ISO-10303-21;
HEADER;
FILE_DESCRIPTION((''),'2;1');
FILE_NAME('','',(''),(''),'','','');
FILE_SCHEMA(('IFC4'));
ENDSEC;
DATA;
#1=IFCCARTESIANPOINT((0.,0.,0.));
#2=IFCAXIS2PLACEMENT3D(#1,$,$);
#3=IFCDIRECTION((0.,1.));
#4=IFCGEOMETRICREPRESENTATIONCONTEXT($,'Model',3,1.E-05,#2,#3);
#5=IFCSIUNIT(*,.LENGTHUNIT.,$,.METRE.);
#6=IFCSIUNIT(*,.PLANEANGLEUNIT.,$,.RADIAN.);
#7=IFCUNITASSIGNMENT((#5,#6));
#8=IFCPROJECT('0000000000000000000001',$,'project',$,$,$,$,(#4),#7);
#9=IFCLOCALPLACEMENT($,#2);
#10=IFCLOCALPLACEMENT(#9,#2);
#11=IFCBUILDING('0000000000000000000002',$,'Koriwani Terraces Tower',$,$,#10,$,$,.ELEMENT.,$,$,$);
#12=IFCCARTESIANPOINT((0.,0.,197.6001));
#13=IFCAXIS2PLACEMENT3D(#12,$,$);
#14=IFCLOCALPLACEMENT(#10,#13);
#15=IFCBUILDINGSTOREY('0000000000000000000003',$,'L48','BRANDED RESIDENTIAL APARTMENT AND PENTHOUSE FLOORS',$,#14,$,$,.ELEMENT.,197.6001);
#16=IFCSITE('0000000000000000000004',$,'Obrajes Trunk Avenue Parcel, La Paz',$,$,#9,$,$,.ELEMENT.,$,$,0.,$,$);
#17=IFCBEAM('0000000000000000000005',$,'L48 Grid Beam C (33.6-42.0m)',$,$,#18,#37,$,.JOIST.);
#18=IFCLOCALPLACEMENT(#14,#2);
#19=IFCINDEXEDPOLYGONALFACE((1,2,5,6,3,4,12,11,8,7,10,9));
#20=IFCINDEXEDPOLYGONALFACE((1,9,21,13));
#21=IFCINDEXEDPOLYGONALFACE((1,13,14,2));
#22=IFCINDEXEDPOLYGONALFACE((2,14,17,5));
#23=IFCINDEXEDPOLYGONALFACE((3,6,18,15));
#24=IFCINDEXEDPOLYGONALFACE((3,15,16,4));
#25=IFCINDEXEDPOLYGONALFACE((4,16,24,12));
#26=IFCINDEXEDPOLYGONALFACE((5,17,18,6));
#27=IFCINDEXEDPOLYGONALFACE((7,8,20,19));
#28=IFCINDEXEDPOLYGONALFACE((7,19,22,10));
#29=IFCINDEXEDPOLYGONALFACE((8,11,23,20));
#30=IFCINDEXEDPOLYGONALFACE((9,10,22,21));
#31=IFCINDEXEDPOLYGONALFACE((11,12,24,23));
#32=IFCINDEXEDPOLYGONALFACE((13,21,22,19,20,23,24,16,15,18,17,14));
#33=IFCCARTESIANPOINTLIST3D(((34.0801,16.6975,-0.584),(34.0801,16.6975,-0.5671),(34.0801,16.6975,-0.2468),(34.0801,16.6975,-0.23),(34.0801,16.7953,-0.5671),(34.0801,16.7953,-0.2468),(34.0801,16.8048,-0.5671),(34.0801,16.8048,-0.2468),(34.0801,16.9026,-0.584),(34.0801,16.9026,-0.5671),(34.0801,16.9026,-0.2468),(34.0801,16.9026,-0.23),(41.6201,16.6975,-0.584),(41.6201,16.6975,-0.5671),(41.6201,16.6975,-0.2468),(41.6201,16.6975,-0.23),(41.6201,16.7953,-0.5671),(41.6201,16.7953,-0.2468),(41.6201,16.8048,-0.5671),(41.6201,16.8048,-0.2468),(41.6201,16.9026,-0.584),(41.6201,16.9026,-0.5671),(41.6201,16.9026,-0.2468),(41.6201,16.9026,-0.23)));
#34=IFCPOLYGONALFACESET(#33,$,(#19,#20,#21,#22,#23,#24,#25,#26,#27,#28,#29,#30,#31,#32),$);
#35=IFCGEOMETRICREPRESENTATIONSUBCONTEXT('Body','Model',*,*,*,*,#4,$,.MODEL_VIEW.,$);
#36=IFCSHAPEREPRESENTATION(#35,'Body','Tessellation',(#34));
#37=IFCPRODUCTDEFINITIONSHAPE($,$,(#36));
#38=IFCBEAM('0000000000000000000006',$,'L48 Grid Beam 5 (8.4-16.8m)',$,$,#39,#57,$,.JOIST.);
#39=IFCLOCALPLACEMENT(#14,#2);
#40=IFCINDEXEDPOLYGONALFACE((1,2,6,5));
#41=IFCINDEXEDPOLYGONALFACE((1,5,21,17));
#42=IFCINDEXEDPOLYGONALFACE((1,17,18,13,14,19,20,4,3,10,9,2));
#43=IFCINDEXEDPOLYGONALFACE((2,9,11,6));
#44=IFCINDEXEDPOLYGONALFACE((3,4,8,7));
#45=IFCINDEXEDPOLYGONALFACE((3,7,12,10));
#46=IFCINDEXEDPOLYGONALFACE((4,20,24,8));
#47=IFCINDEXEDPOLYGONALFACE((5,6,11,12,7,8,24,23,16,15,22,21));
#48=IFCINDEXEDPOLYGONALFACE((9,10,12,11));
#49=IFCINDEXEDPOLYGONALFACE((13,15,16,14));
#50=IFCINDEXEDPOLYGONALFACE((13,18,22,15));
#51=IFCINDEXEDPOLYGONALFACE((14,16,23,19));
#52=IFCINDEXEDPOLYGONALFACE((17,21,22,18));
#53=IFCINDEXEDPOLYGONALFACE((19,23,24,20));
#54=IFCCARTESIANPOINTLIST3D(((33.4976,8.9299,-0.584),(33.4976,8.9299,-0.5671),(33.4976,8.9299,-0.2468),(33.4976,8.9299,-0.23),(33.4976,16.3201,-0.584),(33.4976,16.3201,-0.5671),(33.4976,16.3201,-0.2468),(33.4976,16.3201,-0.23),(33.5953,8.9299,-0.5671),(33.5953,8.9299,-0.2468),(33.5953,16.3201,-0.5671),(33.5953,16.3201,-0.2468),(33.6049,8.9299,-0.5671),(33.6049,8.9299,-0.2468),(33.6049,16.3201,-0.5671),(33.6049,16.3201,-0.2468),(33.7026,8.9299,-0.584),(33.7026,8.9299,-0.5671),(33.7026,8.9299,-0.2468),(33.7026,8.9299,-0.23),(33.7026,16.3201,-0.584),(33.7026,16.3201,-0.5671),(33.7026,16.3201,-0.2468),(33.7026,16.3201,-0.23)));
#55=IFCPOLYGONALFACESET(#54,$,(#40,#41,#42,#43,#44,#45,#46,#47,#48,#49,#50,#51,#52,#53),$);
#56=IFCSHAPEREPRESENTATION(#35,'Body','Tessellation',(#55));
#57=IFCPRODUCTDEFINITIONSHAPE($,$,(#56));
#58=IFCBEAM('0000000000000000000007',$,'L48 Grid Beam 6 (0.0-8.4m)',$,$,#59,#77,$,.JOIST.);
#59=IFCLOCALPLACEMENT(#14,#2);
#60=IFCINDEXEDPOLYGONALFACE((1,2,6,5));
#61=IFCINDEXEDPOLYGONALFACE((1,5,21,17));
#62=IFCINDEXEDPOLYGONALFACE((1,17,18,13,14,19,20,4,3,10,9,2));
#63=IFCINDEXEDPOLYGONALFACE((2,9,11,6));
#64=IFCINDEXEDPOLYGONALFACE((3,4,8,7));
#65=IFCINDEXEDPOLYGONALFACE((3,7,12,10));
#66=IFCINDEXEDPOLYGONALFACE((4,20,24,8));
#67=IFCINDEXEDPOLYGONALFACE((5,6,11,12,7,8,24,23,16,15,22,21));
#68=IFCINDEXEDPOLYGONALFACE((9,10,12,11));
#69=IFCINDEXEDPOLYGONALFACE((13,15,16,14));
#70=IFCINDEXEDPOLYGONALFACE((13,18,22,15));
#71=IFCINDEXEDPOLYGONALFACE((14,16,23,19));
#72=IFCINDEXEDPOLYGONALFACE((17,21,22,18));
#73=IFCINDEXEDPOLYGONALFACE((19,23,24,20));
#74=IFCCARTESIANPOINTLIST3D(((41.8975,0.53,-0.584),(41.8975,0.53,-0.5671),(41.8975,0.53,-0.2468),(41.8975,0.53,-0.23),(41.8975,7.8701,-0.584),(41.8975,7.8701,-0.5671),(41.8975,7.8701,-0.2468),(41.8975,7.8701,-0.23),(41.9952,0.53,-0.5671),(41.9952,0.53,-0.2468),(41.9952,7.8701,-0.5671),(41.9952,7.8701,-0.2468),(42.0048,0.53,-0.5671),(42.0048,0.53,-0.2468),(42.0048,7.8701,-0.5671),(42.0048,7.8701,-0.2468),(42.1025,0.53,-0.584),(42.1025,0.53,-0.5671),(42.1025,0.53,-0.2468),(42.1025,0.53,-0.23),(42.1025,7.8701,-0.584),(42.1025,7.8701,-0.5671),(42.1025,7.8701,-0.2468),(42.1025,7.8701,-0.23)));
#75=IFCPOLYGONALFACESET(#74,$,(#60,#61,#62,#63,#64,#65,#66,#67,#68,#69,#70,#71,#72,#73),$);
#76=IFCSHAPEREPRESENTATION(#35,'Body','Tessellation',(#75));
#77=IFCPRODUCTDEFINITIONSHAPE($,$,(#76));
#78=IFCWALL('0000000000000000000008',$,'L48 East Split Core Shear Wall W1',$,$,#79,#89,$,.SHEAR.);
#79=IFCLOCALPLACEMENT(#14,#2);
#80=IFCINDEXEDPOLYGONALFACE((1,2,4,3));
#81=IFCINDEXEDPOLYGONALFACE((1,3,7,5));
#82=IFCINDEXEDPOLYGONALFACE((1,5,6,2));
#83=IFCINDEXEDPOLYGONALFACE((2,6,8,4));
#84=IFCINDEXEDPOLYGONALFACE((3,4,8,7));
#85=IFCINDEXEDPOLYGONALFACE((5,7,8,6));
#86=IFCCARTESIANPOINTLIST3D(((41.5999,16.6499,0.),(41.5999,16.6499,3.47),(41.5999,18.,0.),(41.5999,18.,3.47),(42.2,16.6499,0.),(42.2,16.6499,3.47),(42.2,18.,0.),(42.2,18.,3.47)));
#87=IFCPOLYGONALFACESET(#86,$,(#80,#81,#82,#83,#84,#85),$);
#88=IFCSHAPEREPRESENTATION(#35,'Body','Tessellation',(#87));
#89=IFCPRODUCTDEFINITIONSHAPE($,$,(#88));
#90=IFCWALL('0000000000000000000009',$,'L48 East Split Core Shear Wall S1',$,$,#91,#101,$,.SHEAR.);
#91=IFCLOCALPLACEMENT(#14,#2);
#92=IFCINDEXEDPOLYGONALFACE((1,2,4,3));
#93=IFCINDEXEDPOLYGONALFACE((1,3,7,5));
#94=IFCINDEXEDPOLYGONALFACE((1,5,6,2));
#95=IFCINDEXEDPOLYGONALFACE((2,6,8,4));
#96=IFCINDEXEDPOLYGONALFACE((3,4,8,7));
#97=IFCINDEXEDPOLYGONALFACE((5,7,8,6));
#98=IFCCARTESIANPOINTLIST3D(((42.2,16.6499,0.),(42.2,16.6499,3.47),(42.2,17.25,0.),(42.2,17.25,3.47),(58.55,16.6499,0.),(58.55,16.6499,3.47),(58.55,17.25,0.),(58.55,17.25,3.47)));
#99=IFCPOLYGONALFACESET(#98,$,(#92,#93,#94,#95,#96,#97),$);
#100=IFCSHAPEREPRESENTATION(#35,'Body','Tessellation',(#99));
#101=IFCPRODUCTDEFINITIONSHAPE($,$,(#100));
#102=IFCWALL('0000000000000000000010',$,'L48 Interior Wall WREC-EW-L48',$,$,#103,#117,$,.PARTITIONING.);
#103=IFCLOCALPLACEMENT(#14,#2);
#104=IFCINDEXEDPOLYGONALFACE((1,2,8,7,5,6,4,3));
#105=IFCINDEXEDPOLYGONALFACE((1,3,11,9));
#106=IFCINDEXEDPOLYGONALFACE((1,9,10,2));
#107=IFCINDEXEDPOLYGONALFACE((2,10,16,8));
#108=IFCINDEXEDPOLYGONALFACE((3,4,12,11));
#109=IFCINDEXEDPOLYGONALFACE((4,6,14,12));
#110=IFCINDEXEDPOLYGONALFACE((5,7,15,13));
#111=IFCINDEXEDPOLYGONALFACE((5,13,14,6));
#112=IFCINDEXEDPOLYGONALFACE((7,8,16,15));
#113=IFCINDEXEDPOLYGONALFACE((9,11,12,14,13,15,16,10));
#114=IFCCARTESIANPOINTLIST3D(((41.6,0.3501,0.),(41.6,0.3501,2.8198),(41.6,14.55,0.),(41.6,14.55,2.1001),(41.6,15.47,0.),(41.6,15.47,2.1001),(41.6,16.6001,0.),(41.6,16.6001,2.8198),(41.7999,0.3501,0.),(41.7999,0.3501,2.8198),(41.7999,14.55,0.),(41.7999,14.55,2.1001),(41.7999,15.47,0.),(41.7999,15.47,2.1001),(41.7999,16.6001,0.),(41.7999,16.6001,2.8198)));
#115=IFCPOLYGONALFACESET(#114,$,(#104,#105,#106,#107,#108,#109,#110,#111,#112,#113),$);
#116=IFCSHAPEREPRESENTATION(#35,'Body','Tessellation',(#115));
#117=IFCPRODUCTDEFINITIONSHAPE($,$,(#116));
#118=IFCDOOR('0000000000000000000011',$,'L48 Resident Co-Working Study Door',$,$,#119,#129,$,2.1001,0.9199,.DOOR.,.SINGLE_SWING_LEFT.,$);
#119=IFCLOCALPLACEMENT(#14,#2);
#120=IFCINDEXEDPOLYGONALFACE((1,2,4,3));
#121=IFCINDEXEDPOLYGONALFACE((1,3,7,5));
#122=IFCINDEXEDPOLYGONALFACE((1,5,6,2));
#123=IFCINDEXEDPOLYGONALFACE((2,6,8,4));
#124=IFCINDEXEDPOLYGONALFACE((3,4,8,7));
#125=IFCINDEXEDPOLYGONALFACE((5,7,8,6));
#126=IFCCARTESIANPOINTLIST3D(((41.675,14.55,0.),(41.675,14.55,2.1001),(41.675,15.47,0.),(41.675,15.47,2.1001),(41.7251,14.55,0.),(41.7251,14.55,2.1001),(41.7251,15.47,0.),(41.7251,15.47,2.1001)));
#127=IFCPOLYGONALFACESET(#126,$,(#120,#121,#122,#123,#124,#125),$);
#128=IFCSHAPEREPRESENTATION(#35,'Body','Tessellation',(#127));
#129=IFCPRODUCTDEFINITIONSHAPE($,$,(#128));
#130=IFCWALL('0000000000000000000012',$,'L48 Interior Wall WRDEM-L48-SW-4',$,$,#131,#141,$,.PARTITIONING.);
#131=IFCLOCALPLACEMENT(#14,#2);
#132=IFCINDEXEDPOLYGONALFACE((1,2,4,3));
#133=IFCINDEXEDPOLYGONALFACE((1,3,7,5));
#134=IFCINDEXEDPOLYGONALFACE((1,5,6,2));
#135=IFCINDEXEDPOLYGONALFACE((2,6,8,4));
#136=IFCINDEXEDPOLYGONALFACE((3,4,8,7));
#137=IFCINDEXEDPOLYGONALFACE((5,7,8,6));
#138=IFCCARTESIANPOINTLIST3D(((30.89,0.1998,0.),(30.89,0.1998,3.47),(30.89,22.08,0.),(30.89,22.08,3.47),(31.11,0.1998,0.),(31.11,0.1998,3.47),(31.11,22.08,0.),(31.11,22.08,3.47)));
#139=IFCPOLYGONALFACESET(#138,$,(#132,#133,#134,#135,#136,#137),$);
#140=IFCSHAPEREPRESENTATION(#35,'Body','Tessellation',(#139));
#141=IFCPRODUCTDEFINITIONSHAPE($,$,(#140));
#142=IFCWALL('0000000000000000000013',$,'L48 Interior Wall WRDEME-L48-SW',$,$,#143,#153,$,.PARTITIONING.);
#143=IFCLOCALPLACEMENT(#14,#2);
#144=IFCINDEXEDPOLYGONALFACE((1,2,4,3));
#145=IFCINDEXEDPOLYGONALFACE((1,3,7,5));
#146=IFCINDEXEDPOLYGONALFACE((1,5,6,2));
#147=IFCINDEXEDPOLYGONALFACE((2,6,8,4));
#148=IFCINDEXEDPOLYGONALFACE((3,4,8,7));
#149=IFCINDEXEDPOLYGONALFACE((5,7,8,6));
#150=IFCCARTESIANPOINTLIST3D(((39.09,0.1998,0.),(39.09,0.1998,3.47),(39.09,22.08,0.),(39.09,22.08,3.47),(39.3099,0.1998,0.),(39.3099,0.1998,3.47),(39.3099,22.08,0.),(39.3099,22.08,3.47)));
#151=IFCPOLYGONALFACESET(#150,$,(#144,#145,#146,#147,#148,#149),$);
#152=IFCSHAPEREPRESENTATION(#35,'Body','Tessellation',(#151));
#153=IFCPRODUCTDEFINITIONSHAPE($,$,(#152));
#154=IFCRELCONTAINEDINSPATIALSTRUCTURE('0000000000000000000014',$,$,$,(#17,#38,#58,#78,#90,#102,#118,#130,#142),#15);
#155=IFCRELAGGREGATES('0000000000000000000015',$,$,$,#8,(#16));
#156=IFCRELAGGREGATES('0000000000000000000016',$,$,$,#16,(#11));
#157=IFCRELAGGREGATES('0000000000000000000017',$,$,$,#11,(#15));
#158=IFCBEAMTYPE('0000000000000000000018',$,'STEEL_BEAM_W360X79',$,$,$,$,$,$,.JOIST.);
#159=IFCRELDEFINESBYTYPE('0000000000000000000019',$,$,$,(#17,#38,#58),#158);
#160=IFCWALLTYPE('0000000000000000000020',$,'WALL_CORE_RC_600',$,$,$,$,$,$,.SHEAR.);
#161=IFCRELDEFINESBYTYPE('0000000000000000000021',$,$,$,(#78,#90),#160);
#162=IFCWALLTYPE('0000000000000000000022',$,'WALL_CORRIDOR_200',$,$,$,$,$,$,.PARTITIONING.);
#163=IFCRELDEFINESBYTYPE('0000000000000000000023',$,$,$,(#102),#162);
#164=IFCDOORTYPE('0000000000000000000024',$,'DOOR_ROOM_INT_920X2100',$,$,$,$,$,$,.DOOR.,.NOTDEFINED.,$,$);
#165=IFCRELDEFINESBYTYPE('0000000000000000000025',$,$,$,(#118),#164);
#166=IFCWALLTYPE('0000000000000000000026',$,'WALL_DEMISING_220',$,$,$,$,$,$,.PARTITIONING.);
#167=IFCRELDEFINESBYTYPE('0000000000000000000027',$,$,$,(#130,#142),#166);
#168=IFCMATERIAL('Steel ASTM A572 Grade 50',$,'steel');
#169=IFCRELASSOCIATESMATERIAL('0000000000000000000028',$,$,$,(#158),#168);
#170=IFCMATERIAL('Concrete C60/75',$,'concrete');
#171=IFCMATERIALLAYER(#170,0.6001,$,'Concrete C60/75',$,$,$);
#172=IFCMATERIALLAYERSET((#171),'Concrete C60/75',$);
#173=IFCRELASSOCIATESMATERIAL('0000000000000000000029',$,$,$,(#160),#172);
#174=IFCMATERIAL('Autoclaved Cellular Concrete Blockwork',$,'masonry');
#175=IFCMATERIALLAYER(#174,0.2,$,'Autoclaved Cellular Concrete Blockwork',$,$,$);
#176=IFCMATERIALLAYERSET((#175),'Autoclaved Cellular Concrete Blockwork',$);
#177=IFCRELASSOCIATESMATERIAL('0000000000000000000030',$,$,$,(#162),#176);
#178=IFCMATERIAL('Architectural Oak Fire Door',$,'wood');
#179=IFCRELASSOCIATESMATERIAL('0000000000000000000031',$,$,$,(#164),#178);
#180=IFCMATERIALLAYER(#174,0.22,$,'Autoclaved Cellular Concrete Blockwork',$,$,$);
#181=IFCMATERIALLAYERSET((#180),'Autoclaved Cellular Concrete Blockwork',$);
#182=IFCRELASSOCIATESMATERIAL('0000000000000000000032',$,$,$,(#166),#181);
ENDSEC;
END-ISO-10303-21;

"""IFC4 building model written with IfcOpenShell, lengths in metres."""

from ifc_helpers import new_model, si_unit, direction, frame, frame_2d, origin, origin_2d, place, context, subcontext, project, spatial, rectangle, i_section, extrude, material, layer, layer_set, material_profile, profile_set, type_object, element, fill, save


model = new_model("IFC4")

# Units and contexts
model_context = context("Model", 3, precision=1e-05, world=origin(), true_north=direction((0.0, 1.0)))
body_context = subcontext(model_context, "Body", "Model", "MODEL_VIEW")
ifc_project = project(units=[si_unit("LENGTHUNIT", "METRE"), si_unit("PLANEANGLEUNIT", "RADIAN")], contexts=[model_context])

# Site, building, storey
site_placement = place(None, origin())
site = spatial("IfcSite", under=ifc_project, at=site_placement, Name="Obrajes Trunk Avenue Parcel, La Paz", CompositionType="ELEMENT", RefElevation=0.0)
building_placement = place(site_placement, origin())
building = spatial("IfcBuilding", under=site, at=building_placement, Name="Koriwani Terraces Tower", CompositionType="ELEMENT")
storey_placement = place(building_placement, frame((0.0, 0.0, 197.6001)))
storey = spatial("IfcBuildingStorey", under=building, at=storey_placement, Name="L48", Description="BRANDED RESIDENTIAL APARTMENT AND PENTHOUSE FLOORS", CompositionType="ELEMENT", Elevation=197.6001)

# Beams
ifc_material_1 = material(Name="Concrete C60/75", Category="concrete")
ifc_material_2 = material(Name="Steel ASTM A572 Grade 50", Category="steel")
ifc_material_profile_1 = material_profile(ifc_material_2, i_section(OverallWidth=0.2051, OverallDepth=0.354, WebThickness=0.0095, FlangeThickness=0.0168, at=origin_2d()), Name="Steel ASTM A572 Grade 50", Category="LoadBearing")
ifc_profile_set_1 = profile_set([ifc_material_profile_1], Name="Steel ASTM A572 Grade 50")
beam_type_1 = type_object("IfcBeamType", Name="STEEL_BEAM_W360X79", PredefinedType="JOIST", material=ifc_profile_set_1)
beam_1_placement = place(storey_placement, frame((34.0801, 16.8, -0.407), z_axis=(1.0, 0.0, 0.0), x_axis=(0.0, 1.0, 0.0)))
element("IfcBeam", 1, at=beam_1_placement, inside=storey, type_object=beam_type_1, Name="L48 Grid Beam C (33.6-42.0m)", PredefinedType="JOIST", context=body_context, shape_type="SweptSolid", body=[
    extrude(i_section(OverallWidth=0.2051, OverallDepth=0.354, WebThickness=0.0095, FlangeThickness=0.0168, at=origin_2d()), origin(), (0.0, 0.0, 1.0), 7.54),
])
beam_2_placement = place(storey_placement, frame((33.6001, 8.9299, -0.407), z_axis=(0.0, 1.0, 0.0), x_axis=(-1.0, 0.0, 0.0)))
element("IfcBeam", 2, at=beam_2_placement, inside=storey, type_object=beam_type_1, Name="L48 Grid Beam 5 (8.4-16.8m)", PredefinedType="JOIST", context=body_context, shape_type="SweptSolid", body=[
    extrude(i_section(OverallWidth=0.2051, OverallDepth=0.354, WebThickness=0.0095, FlangeThickness=0.0168, at=origin_2d()), origin(), (0.0, 0.0, 1.0), 7.3901),
])
beam_3_placement = place(storey_placement, frame((42.0, 0.53, -0.407), z_axis=(0.0, 1.0, 0.0), x_axis=(-1.0, 0.0, 0.0)))
element("IfcBeam", 3, at=beam_3_placement, inside=storey, type_object=beam_type_1, Name="L48 Grid Beam 6 (0.0-8.4m)", PredefinedType="JOIST", context=body_context, shape_type="SweptSolid", body=[
    extrude(i_section(OverallWidth=0.2051, OverallDepth=0.354, WebThickness=0.0095, FlangeThickness=0.0168, at=origin_2d()), origin(), (0.0, 0.0, 1.0), 7.3401),
])

# Walls
ifc_layer_1 = layer(ifc_material_1, 0.6001, Name="Concrete C60/75")
ifc_layer_set_1 = layer_set([ifc_layer_1], Name="Concrete C60/75")
wall_type_1 = type_object("IfcWallType", Name="WALL_CORE_RC_600", PredefinedType="SHEAR", material=ifc_layer_set_1)
wall_1_placement = place(storey_placement, frame((41.8999, 16.6499, 0.0), z_axis=(0.0, 0.0, 1.0), x_axis=(0.0, 1.0, 0.0)))
element("IfcWall", 4, at=wall_1_placement, inside=storey, type_object=wall_type_1, Name="L48 East Split Core Shear Wall W1", PredefinedType="SHEAR", context=body_context, shape_type="SweptSolid", body=[
    extrude(rectangle(XDim=1.3501, YDim=0.6001, at=frame_2d((0.675, 0.0))), origin(), (0.0, 0.0, 1.0), 3.47),
])
wall_2_placement = place(storey_placement, frame((42.2, 16.95, 0.0), z_axis=(0.0, 0.0, 1.0), x_axis=(1.0, 0.0, 0.0)))
element("IfcWall", 5, at=wall_2_placement, inside=storey, type_object=wall_type_1, Name="L48 East Split Core Shear Wall S1", PredefinedType="SHEAR", context=body_context, shape_type="SweptSolid", body=[
    extrude(rectangle(XDim=16.3501, YDim=0.6001, at=frame_2d((8.175, 0.0))), origin(), (0.0, 0.0, 1.0), 3.47),
])

# Wall, opening, door
ifc_material_3 = material(Name="Autoclaved Cellular Concrete Blockwork", Category="masonry")
ifc_layer_2 = layer(ifc_material_3, 0.2, Name="Autoclaved Cellular Concrete Blockwork")
ifc_layer_set_2 = layer_set([ifc_layer_2], Name="Autoclaved Cellular Concrete Blockwork")
wall_type_2 = type_object("IfcWallType", Name="WALL_CORRIDOR_200", PredefinedType="PARTITIONING", material=ifc_layer_set_2)
wall_3_placement = place(storey_placement, frame((41.7, 0.3501, 0.0), z_axis=(0.0, 0.0, 1.0), x_axis=(0.0, 1.0, 0.0)))
wall_3 = element("IfcWall", 6, at=wall_3_placement, inside=storey, type_object=wall_type_2, Name="L48 Interior Wall WREC-EW-L48", PredefinedType="PARTITIONING", context=body_context, shape_type="SweptSolid", body=[
    extrude(rectangle(XDim=16.25, YDim=0.2, at=frame_2d((8.125, 0.0))), origin(), (0.0, 0.0, 1.0), 2.8198),
])
opening_1_placement = place(wall_3_placement, frame((14.2, 0.0, 0.0)))
opening_1 = element("IfcOpeningElement", 7, at=opening_1_placement, cuts=wall_3, PredefinedType="OPENING", context=body_context, shape_type="SweptSolid", body=[
    extrude(rectangle(XDim=0.9199, YDim=2.1001, at=frame_2d((0.46, 1.05))), frame((0.0, 0.1099, 0.0), z_axis=(0.0, -1.0, 0.0), x_axis=(1.0, 0.0, 0.0)), (0.0, 0.0, 1.0), 0.22),
])
ifc_material_4 = material(Name="Architectural Oak Fire Door", Category="wood")
door_type_1 = type_object("IfcDoorType", Name="DOOR_ROOM_INT_920X2100", OperationType="NOTDEFINED", PredefinedType="DOOR", material=ifc_material_4)
door_1_placement = place(opening_1_placement, origin())
door_1 = element("IfcDoor", 8, at=door_1_placement, inside=storey, type_object=door_type_1, Name="L48 Resident Co-Working Study Door", OperationType="SINGLE_SWING_LEFT", OverallHeight=2.1001, OverallWidth=0.9199, PredefinedType="DOOR", context=body_context, shape_type="SweptSolid", body=[
    extrude(rectangle(XDim=0.9199, YDim=2.1001, at=frame_2d((0.46, 1.05))), frame((0.0, 0.0249, 0.0), z_axis=(0.0, -1.0, 0.0), x_axis=(1.0, 0.0, 0.0)), (0.0, 0.0, 1.0), 0.05),
])
fill(opening_1, door_1)

# Walls
ifc_layer_3 = layer(ifc_material_3, 0.22, Name="Autoclaved Cellular Concrete Blockwork")
ifc_layer_set_3 = layer_set([ifc_layer_3], Name="Autoclaved Cellular Concrete Blockwork")
wall_type_3 = type_object("IfcWallType", Name="WALL_DEMISING_220", PredefinedType="PARTITIONING", material=ifc_layer_set_3)
for number, where, z_axis, x_axis, name in (
    (9, (31.0, 0.2, 0.0), (0.0, 0.0, 1.0), (0.0, 1.0, 0.0), "L48 Interior Wall WRDEM-L48-SW-4"),
    (10, (39.2, 0.2, 0.0), (0.0, 0.0, 1.0), (0.0, 1.0, 0.0), "L48 Interior Wall WRDEME-L48-SW"),
):
    element("IfcWall", number, at=place(storey_placement, frame(where, z_axis=z_axis, x_axis=x_axis)), inside=storey, type_object=wall_type_3, Name=name, PredefinedType="PARTITIONING", context=body_context, shape_type="SweptSolid", body=[
        extrude(rectangle(XDim=21.8801, YDim=0.22, at=frame_2d((10.9399, 0.0))), origin(), (0.0, 0.0, 1.0), 3.47),
    ])

save(model, "model.ifc")
